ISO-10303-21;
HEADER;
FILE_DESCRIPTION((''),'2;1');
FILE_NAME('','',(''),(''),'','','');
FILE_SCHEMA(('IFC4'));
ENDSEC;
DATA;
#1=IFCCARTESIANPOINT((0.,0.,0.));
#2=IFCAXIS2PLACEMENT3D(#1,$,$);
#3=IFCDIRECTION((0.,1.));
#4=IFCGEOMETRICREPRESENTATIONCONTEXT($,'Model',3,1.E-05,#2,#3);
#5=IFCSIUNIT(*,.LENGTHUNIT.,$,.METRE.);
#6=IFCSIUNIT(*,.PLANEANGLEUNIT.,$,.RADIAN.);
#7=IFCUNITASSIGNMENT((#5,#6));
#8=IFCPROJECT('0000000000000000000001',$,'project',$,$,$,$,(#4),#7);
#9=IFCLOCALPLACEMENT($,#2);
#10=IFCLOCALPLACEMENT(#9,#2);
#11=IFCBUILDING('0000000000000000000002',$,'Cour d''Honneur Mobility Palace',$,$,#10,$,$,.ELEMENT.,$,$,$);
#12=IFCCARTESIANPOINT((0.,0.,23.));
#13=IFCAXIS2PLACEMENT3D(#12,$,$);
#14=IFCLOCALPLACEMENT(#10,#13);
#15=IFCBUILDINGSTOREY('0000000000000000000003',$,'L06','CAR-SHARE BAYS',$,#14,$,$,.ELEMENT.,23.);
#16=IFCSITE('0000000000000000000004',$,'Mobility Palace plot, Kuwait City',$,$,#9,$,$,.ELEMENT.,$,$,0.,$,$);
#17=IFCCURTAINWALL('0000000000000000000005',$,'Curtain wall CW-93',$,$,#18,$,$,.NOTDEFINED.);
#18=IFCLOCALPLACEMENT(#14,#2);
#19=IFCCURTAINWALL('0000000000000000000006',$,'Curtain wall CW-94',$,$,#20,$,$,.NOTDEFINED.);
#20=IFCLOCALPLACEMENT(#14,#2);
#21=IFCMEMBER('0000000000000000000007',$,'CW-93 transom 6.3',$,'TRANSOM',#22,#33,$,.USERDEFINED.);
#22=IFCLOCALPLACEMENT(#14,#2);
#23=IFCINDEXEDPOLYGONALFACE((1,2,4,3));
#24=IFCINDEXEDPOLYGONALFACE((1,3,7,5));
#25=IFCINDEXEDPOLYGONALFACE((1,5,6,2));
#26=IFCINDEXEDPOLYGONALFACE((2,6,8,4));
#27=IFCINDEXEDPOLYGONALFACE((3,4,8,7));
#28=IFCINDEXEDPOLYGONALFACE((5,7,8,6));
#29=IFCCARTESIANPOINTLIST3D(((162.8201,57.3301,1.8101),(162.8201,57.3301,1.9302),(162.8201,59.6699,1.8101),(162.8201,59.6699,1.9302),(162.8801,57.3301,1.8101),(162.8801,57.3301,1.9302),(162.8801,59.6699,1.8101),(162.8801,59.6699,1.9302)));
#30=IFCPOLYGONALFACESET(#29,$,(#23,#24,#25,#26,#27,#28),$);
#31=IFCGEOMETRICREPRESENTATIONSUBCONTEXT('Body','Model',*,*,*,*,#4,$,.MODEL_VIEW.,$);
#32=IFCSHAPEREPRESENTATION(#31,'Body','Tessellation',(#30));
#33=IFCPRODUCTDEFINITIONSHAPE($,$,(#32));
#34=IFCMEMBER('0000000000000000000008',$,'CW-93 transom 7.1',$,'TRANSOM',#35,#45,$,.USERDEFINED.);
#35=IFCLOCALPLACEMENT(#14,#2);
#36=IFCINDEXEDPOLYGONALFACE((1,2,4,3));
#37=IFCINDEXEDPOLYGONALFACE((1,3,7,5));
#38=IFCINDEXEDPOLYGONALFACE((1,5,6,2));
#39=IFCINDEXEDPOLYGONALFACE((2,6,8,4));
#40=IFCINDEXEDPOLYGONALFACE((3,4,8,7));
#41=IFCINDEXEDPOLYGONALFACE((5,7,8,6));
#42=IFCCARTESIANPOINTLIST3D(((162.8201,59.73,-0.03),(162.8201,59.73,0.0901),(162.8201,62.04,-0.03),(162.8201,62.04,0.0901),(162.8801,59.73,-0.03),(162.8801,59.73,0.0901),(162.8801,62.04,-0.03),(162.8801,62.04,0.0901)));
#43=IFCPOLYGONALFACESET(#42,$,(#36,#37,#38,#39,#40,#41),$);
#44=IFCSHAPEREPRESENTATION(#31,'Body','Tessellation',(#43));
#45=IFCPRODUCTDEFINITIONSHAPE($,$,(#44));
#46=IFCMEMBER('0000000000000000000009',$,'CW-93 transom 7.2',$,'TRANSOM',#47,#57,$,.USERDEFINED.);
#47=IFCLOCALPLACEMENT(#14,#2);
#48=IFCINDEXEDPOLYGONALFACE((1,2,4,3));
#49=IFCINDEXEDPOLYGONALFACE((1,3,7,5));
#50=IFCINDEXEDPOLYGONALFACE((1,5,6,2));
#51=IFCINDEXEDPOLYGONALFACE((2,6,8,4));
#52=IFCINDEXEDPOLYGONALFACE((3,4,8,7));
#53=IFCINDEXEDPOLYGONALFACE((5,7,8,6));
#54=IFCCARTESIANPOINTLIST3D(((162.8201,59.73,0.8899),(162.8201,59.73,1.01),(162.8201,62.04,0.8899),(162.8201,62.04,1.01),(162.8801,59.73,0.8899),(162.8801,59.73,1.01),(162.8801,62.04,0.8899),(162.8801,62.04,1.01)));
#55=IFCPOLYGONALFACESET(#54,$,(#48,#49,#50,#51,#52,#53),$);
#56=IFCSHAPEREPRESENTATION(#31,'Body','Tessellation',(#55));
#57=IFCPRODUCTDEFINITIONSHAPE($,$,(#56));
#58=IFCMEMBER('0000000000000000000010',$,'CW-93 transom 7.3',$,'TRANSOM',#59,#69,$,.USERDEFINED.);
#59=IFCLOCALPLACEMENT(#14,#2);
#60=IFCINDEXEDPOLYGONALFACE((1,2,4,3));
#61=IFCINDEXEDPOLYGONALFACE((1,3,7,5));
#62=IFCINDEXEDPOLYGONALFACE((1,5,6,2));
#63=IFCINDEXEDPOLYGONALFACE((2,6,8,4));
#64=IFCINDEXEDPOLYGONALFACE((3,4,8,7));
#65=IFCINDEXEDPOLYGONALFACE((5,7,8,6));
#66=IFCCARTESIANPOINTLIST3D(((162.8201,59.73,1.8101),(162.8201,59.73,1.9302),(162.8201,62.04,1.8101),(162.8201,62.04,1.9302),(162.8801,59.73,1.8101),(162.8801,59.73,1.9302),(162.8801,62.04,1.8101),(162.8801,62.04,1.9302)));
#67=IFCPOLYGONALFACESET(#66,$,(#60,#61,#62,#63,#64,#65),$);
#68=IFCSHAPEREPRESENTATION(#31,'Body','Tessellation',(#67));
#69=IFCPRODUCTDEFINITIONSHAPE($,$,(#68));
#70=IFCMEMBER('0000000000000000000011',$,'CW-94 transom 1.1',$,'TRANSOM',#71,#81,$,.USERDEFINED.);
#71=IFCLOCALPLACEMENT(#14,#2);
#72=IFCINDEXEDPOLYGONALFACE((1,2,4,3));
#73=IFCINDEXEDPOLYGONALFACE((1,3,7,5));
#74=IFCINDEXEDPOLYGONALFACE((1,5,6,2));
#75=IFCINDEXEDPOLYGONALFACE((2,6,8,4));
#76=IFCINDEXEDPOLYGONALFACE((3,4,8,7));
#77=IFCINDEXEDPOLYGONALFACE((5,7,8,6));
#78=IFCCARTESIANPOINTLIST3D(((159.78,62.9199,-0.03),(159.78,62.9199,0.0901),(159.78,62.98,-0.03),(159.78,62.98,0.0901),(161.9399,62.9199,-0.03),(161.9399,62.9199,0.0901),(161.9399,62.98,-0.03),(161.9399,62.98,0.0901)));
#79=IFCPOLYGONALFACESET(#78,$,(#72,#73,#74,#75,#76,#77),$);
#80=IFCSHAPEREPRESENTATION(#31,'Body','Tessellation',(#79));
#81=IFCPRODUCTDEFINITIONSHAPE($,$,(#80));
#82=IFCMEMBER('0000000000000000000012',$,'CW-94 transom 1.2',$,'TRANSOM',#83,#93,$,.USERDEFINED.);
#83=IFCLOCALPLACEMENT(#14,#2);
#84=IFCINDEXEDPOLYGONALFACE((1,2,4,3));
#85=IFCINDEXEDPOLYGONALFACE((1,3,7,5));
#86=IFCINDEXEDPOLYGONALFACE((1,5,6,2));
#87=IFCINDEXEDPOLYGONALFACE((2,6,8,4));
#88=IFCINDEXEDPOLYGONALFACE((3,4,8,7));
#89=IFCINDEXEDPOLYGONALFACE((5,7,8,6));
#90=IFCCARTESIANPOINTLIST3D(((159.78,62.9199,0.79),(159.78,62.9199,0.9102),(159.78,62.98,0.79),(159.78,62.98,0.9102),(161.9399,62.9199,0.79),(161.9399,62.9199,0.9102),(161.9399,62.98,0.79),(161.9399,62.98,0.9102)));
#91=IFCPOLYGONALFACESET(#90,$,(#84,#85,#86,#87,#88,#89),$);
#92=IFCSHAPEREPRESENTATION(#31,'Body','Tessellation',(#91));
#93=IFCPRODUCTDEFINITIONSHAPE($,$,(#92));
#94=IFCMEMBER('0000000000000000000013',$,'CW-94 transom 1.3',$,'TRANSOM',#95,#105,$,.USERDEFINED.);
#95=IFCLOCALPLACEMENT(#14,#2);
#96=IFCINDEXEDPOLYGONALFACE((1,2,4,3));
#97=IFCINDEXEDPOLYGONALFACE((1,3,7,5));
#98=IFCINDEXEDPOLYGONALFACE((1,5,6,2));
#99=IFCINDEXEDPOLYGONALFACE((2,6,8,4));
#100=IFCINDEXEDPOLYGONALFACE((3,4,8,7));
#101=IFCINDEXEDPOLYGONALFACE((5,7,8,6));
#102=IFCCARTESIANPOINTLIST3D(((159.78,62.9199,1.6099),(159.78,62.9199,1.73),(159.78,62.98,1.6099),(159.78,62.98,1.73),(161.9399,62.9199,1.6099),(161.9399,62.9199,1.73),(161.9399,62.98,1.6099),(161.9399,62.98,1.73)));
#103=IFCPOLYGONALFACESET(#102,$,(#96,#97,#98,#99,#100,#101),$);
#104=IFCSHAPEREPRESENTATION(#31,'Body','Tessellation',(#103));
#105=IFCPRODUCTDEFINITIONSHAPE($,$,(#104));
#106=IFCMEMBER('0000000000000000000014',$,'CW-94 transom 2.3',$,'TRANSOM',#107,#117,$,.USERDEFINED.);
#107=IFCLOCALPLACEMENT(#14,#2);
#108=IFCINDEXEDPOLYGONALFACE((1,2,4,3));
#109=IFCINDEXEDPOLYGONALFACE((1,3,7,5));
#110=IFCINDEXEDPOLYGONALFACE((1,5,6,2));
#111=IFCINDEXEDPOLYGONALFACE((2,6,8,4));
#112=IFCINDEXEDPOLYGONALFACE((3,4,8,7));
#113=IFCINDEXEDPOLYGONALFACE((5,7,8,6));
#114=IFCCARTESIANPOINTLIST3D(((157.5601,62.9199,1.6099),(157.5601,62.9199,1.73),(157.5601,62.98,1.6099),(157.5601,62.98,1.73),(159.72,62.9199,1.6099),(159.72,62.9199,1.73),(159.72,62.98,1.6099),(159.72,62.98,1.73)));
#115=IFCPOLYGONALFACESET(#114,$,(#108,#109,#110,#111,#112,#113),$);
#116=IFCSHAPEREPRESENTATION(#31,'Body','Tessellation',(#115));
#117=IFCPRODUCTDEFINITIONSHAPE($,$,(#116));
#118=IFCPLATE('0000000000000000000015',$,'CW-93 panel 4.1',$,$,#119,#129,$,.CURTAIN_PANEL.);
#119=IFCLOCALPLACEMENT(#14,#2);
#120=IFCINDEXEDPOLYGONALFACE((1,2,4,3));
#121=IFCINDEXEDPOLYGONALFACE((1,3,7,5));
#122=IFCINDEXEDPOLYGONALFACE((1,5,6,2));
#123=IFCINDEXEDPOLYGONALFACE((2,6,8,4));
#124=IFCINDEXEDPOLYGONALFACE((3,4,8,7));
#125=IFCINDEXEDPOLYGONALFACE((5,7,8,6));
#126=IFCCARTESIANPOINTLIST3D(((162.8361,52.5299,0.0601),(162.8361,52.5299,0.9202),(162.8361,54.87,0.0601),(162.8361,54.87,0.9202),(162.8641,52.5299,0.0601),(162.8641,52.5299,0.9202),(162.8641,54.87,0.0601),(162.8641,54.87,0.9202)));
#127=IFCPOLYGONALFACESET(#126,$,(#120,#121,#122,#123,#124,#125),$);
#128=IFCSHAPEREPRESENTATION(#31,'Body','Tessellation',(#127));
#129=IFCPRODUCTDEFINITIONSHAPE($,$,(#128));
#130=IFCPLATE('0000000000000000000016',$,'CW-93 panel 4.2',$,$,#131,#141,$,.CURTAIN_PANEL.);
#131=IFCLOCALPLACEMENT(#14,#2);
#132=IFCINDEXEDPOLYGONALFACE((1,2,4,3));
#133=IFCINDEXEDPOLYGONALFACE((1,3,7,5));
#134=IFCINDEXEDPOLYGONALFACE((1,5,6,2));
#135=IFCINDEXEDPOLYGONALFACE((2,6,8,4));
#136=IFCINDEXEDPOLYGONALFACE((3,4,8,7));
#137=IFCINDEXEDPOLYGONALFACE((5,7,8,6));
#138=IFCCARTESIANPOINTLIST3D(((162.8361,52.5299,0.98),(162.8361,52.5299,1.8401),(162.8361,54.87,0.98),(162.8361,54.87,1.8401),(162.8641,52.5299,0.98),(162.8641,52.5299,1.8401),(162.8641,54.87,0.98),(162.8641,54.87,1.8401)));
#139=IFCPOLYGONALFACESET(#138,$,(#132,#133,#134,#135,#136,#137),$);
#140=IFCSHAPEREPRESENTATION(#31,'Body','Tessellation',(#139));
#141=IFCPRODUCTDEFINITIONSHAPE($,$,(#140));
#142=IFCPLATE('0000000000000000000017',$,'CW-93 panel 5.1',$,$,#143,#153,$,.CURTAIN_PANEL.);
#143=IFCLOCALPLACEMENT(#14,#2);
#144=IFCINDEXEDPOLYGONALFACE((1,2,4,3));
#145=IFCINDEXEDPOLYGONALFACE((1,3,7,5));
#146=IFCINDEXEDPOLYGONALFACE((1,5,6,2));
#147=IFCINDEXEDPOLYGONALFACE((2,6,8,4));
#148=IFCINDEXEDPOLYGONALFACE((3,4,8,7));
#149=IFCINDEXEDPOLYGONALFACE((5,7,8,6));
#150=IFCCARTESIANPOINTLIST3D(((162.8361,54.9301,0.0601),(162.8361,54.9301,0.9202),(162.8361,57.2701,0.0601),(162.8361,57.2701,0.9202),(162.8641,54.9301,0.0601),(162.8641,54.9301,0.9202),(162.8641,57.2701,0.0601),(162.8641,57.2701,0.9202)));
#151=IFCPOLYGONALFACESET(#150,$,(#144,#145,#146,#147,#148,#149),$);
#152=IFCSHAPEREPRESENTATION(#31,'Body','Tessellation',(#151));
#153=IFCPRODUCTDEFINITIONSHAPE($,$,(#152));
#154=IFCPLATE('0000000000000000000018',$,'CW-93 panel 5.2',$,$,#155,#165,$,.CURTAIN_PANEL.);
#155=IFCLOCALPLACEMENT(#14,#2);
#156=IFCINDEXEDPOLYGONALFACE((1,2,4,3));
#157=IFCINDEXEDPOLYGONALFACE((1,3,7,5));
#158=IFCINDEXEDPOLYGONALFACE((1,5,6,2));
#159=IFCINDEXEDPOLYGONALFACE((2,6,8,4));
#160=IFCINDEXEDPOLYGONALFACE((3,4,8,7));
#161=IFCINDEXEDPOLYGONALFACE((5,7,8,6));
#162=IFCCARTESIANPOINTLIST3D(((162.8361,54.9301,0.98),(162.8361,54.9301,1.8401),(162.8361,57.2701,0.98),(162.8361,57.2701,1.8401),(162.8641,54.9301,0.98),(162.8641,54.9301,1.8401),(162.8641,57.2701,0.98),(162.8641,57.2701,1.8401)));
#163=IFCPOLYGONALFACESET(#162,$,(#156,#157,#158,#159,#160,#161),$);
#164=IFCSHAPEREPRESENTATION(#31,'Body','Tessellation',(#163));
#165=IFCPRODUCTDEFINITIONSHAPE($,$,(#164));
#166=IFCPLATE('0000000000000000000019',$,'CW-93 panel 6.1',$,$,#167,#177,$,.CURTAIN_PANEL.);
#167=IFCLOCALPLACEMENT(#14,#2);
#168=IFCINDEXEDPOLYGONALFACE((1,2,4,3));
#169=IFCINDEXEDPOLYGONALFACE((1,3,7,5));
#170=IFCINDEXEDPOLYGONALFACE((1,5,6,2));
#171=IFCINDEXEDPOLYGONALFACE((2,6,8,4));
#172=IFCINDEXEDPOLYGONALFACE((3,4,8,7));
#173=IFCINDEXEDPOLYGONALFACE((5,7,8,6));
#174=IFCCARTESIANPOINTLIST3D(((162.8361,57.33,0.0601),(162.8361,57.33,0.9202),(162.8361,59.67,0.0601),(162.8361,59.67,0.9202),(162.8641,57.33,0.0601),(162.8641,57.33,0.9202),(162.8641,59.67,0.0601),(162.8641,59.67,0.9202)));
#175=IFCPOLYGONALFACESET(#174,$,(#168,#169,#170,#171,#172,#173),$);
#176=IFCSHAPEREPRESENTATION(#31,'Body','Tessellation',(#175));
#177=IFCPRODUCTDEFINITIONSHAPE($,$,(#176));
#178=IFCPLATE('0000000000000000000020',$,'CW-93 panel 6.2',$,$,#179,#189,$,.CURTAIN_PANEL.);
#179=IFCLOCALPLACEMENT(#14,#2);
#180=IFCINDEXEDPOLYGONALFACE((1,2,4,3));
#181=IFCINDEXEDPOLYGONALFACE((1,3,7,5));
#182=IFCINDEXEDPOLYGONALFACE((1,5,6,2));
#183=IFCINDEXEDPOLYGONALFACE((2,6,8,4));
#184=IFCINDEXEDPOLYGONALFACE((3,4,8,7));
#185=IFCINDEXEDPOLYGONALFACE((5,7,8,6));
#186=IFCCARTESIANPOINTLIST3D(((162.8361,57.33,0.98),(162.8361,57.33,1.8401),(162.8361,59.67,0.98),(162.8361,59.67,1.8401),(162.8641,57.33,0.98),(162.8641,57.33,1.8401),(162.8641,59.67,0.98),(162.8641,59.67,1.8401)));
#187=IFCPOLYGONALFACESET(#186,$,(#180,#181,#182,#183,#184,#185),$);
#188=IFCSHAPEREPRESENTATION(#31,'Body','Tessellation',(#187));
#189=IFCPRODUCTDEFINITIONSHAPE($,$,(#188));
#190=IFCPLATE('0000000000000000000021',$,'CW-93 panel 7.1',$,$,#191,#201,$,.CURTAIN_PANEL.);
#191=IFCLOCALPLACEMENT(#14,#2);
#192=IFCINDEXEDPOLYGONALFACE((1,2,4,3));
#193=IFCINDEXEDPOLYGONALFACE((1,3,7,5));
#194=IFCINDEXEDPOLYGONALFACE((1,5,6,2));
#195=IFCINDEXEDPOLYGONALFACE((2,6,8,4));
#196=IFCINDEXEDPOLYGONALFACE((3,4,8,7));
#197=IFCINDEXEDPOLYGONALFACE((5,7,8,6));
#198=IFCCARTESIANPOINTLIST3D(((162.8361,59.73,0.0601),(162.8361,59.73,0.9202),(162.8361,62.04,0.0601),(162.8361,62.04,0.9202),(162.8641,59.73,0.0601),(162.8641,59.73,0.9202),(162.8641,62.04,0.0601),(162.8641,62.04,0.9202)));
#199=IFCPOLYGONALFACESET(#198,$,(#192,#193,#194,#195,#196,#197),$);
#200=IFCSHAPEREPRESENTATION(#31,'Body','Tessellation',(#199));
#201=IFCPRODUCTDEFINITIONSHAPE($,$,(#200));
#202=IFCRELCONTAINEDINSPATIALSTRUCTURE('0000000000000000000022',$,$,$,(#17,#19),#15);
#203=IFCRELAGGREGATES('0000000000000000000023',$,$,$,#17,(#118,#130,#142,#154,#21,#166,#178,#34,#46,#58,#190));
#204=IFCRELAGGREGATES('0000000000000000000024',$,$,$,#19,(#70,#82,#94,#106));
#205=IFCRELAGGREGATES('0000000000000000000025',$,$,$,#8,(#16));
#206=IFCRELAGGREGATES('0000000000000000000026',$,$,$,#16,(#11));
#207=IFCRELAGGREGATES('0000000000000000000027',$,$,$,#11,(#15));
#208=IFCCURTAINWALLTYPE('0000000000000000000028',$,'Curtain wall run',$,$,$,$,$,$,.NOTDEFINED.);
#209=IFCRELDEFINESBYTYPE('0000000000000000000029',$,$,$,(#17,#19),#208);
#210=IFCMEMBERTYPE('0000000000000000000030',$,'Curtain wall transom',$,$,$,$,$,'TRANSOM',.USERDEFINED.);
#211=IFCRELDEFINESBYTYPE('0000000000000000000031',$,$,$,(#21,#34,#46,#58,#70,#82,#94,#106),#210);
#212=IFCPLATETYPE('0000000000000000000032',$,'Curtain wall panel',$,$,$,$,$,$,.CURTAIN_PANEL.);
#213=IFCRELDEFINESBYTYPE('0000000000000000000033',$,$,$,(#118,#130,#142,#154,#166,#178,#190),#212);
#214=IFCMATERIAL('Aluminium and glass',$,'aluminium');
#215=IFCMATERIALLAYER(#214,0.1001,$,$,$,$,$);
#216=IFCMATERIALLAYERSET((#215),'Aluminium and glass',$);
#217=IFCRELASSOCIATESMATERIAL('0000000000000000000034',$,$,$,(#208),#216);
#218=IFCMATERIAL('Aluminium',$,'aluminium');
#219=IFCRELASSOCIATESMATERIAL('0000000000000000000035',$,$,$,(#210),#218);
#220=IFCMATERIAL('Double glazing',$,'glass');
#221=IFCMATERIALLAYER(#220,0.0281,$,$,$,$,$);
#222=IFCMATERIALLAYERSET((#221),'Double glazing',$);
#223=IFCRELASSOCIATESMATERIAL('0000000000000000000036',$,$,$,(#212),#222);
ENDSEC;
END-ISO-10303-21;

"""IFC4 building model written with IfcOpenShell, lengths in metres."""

from ifc_helpers import new_model, si_unit, direction, frame, origin, origin_2d, place, context, subcontext, project, spatial, rectangle, extrude, material, layer, layer_set, material_profile, profile_set, type_object, element, aggregate, save


model = new_model("IFC4")

# Units and contexts
model_context = context("Model", 3, precision=1e-05, world=origin(), true_north=direction((0.0, 1.0)))
body_context = subcontext(model_context, "Body", "Model", "MODEL_VIEW")
ifc_project = project(units=[si_unit("LENGTHUNIT", "METRE"), si_unit("PLANEANGLEUNIT", "RADIAN")], contexts=[model_context])

# Site, building, storey
site_placement = place(None, origin())
site = spatial("IfcSite", under=ifc_project, at=site_placement, Name="Mobility Palace plot, Kuwait City", CompositionType="ELEMENT", RefElevation=0.0)
building_placement = place(site_placement, origin())
building = spatial("IfcBuilding", under=site, at=building_placement, Name="Cour d'Honneur Mobility Palace", CompositionType="ELEMENT")
storey_placement = place(building_placement, frame((0.0, 0.0, 23.0)))
storey = spatial("IfcBuildingStorey", under=building, at=storey_placement, Name="L06", Description="CAR-SHARE BAYS", CompositionType="ELEMENT", Elevation=23.0)

# Curtain walls
ifc_material_1 = material(Name="Aluminium and glass", Category="aluminium")
ifc_layer_1 = layer(ifc_material_1, 0.1001)
ifc_layer_set_1 = layer_set([ifc_layer_1], Name="Aluminium and glass")
curtain_wall_type = type_object("IfcCurtainWallType", Name="Curtain wall run", PredefinedType="NOTDEFINED", material=ifc_layer_set_1)
curtain_wall_1_placement = place(storey_placement, origin())
curtain_wall_1 = element("IfcCurtainWall", 1, at=curtain_wall_1_placement, inside=storey, type_object=curtain_wall_type, Name="Curtain wall CW-93", PredefinedType="NOTDEFINED")
curtain_wall_2_placement = place(storey_placement, origin())
curtain_wall_2 = element("IfcCurtainWall", 2, at=curtain_wall_2_placement, inside=storey, type_object=curtain_wall_type, Name="Curtain wall CW-94", PredefinedType="NOTDEFINED")

# Members
ifc_material_2 = material(Name="Aluminium", Category="aluminium")
ifc_material_profile_1 = material_profile(ifc_material_2, rectangle(XDim=0.0601, YDim=0.1201, at=origin_2d()), Name="Curtain wall transom")
ifc_profile_set_1 = profile_set([ifc_material_profile_1], Name="Aluminium")
member_type_1 = type_object("IfcMemberType", Name="Curtain wall transom", ElementType="TRANSOM", PredefinedType="USERDEFINED", material=ifc_profile_set_1)
member_1_placement = place(storey_placement, frame((162.8501, 57.3301, 1.8701), z_axis=(0.0, 1.0, 0.0), x_axis=(-1.0, 0.0, 0.0)))
member_1 = element("IfcMember", 3, at=member_1_placement, type_object=member_type_1, Name="CW-93 transom 6.3", ObjectType="TRANSOM", PredefinedType="USERDEFINED", context=body_context, shape_type="SweptSolid", body=[
    extrude(rectangle(XDim=0.0601, YDim=0.1201, at=origin_2d()), origin(), (0.0, 0.0, 1.0), 2.3398),
])
member_2_placement = place(storey_placement, frame((162.8501, 59.73, 0.03), z_axis=(0.0, 1.0, 0.0), x_axis=(-1.0, 0.0, 0.0)))
member_2 = element("IfcMember", 4, at=member_2_placement, type_object=member_type_1, Name="CW-93 transom 7.1", ObjectType="TRANSOM", PredefinedType="USERDEFINED", context=body_context, shape_type="SweptSolid", body=[
    extrude(rectangle(XDim=0.0601, YDim=0.1201, at=origin_2d()), origin(), (0.0, 0.0, 1.0), 2.3101),
])
member_3_placement = place(storey_placement, frame((162.8501, 59.73, 0.95), z_axis=(0.0, 1.0, 0.0), x_axis=(-1.0, 0.0, 0.0)))
member_3 = element("IfcMember", 5, at=member_3_placement, type_object=member_type_1, Name="CW-93 transom 7.2", ObjectType="TRANSOM", PredefinedType="USERDEFINED", context=body_context, shape_type="SweptSolid", body=[
    extrude(rectangle(XDim=0.0601, YDim=0.1201, at=origin_2d()), origin(), (0.0, 0.0, 1.0), 2.3101),
])
member_4_placement = place(storey_placement, frame((162.8501, 59.73, 1.8701), z_axis=(0.0, 1.0, 0.0), x_axis=(-1.0, 0.0, 0.0)))
member_4 = element("IfcMember", 6, at=member_4_placement, type_object=member_type_1, Name="CW-93 transom 7.3", ObjectType="TRANSOM", PredefinedType="USERDEFINED", context=body_context, shape_type="SweptSolid", body=[
    extrude(rectangle(XDim=0.0601, YDim=0.1201, at=origin_2d()), origin(), (0.0, 0.0, 1.0), 2.3101),
])
member_5_placement = place(storey_placement, frame((161.9399, 62.95, 0.03), z_axis=(-1.0, 0.0, 0.0), x_axis=(0.0, -1.0, 0.0)))
member_5 = element("IfcMember", 7, at=member_5_placement, type_object=member_type_1, Name="CW-94 transom 1.1", ObjectType="TRANSOM", PredefinedType="USERDEFINED", context=body_context, shape_type="SweptSolid", body=[
    extrude(rectangle(XDim=0.0601, YDim=0.1201, at=origin_2d()), origin(), (0.0, 0.0, 1.0), 2.1599),
])
member_6_placement = place(storey_placement, frame((161.9399, 62.95, 0.8501), z_axis=(-1.0, 0.0, 0.0), x_axis=(0.0, -1.0, 0.0)))
member_6 = element("IfcMember", 8, at=member_6_placement, type_object=member_type_1, Name="CW-94 transom 1.2", ObjectType="TRANSOM", PredefinedType="USERDEFINED", context=body_context, shape_type="SweptSolid", body=[
    extrude(rectangle(XDim=0.0601, YDim=0.1201, at=origin_2d()), origin(), (0.0, 0.0, 1.0), 2.1599),
])
member_7_placement = place(storey_placement, frame((161.9399, 62.95, 1.6699), z_axis=(-1.0, 0.0, 0.0), x_axis=(0.0, -1.0, 0.0)))
member_7 = element("IfcMember", 9, at=member_7_placement, type_object=member_type_1, Name="CW-94 transom 1.3", ObjectType="TRANSOM", PredefinedType="USERDEFINED", context=body_context, shape_type="SweptSolid", body=[
    extrude(rectangle(XDim=0.0601, YDim=0.1201, at=origin_2d()), origin(), (0.0, 0.0, 1.0), 2.1599),
])
member_8_placement = place(storey_placement, frame((159.72, 62.95, 1.6699), z_axis=(-1.0, 0.0, 0.0), x_axis=(0.0, -1.0, 0.0)))
member_8 = element("IfcMember", 10, at=member_8_placement, type_object=member_type_1, Name="CW-94 transom 2.3", ObjectType="TRANSOM", PredefinedType="USERDEFINED", context=body_context, shape_type="SweptSolid", body=[
    extrude(rectangle(XDim=0.0601, YDim=0.1201, at=origin_2d()), origin(), (0.0, 0.0, 1.0), 2.1599),
])

# Plates
ifc_material_3 = material(Name="Double glazing", Category="glass")
ifc_layer_2 = layer(ifc_material_3, 0.0281)
ifc_layer_set_2 = layer_set([ifc_layer_2], Name="Double glazing")
plate_type = type_object("IfcPlateType", Name="Curtain wall panel", PredefinedType="CURTAIN_PANEL", material=ifc_layer_set_2)
plate_1_placement = place(storey_placement, frame((162.8501, 53.7, 0.0601), z_axis=(0.0, 0.0, 1.0), x_axis=(0.0, 1.0, 0.0)))
plate_1 = element("IfcPlate", 11, at=plate_1_placement, type_object=plate_type, Name="CW-93 panel 4.1", PredefinedType="CURTAIN_PANEL", context=body_context, shape_type="SweptSolid", body=[
    extrude(rectangle(XDim=2.3401, YDim=0.0281, at=origin_2d()), origin(), (0.0, 0.0, 1.0), 0.8601),
])
plate_2_placement = place(storey_placement, frame((162.8501, 53.7, 0.98), z_axis=(0.0, 0.0, 1.0), x_axis=(0.0, 1.0, 0.0)))
plate_2 = element("IfcPlate", 12, at=plate_2_placement, type_object=plate_type, Name="CW-93 panel 4.2", PredefinedType="CURTAIN_PANEL", context=body_context, shape_type="SweptSolid", body=[
    extrude(rectangle(XDim=2.3401, YDim=0.0281, at=origin_2d()), origin(), (0.0, 0.0, 1.0), 0.8601),
])
plate_3_placement = place(storey_placement, frame((162.8501, 56.1001, 0.0601), z_axis=(0.0, 0.0, 1.0), x_axis=(0.0, 1.0, 0.0)))
plate_3 = element("IfcPlate", 13, at=plate_3_placement, type_object=plate_type, Name="CW-93 panel 5.1", PredefinedType="CURTAIN_PANEL", context=body_context, shape_type="SweptSolid", body=[
    extrude(rectangle(XDim=2.3401, YDim=0.0281, at=origin_2d()), origin(), (0.0, 0.0, 1.0), 0.8601),
])
plate_4_placement = place(storey_placement, frame((162.8501, 56.1001, 0.98), z_axis=(0.0, 0.0, 1.0), x_axis=(0.0, 1.0, 0.0)))
plate_4 = element("IfcPlate", 14, at=plate_4_placement, type_object=plate_type, Name="CW-93 panel 5.2", PredefinedType="CURTAIN_PANEL", context=body_context, shape_type="SweptSolid", body=[
    extrude(rectangle(XDim=2.3401, YDim=0.0281, at=origin_2d()), origin(), (0.0, 0.0, 1.0), 0.8601),
])
plate_5_placement = place(storey_placement, frame((162.8501, 58.5, 0.0601), z_axis=(0.0, 0.0, 1.0), x_axis=(0.0, 1.0, 0.0)))
plate_5 = element("IfcPlate", 15, at=plate_5_placement, type_object=plate_type, Name="CW-93 panel 6.1", PredefinedType="CURTAIN_PANEL", context=body_context, shape_type="SweptSolid", body=[
    extrude(rectangle(XDim=2.3401, YDim=0.0281, at=origin_2d()), origin(), (0.0, 0.0, 1.0), 0.8601),
])
plate_6_placement = place(storey_placement, frame((162.8501, 58.5, 0.98), z_axis=(0.0, 0.0, 1.0), x_axis=(0.0, 1.0, 0.0)))
plate_6 = element("IfcPlate", 16, at=plate_6_placement, type_object=plate_type, Name="CW-93 panel 6.2", PredefinedType="CURTAIN_PANEL", context=body_context, shape_type="SweptSolid", body=[
    extrude(rectangle(XDim=2.3401, YDim=0.0281, at=origin_2d()), origin(), (0.0, 0.0, 1.0), 0.8601),
])
plate_7_placement = place(storey_placement, frame((162.8501, 60.885, 0.0601), z_axis=(0.0, 0.0, 1.0), x_axis=(0.0, 1.0, 0.0)))
plate_7 = element("IfcPlate", 17, at=plate_7_placement, type_object=plate_type, Name="CW-93 panel 7.1", PredefinedType="CURTAIN_PANEL", context=body_context, shape_type="SweptSolid", body=[
    extrude(rectangle(XDim=2.3101, YDim=0.0281, at=origin_2d()), origin(), (0.0, 0.0, 1.0), 0.8601),
])
aggregate(curtain_wall_1, [plate_1, plate_2, plate_3, plate_4, member_1, plate_5, plate_6, member_2, member_3, member_4, plate_7])
aggregate(curtain_wall_2, [member_5, member_6, member_7, member_8])

save(model, "model.ifc")
